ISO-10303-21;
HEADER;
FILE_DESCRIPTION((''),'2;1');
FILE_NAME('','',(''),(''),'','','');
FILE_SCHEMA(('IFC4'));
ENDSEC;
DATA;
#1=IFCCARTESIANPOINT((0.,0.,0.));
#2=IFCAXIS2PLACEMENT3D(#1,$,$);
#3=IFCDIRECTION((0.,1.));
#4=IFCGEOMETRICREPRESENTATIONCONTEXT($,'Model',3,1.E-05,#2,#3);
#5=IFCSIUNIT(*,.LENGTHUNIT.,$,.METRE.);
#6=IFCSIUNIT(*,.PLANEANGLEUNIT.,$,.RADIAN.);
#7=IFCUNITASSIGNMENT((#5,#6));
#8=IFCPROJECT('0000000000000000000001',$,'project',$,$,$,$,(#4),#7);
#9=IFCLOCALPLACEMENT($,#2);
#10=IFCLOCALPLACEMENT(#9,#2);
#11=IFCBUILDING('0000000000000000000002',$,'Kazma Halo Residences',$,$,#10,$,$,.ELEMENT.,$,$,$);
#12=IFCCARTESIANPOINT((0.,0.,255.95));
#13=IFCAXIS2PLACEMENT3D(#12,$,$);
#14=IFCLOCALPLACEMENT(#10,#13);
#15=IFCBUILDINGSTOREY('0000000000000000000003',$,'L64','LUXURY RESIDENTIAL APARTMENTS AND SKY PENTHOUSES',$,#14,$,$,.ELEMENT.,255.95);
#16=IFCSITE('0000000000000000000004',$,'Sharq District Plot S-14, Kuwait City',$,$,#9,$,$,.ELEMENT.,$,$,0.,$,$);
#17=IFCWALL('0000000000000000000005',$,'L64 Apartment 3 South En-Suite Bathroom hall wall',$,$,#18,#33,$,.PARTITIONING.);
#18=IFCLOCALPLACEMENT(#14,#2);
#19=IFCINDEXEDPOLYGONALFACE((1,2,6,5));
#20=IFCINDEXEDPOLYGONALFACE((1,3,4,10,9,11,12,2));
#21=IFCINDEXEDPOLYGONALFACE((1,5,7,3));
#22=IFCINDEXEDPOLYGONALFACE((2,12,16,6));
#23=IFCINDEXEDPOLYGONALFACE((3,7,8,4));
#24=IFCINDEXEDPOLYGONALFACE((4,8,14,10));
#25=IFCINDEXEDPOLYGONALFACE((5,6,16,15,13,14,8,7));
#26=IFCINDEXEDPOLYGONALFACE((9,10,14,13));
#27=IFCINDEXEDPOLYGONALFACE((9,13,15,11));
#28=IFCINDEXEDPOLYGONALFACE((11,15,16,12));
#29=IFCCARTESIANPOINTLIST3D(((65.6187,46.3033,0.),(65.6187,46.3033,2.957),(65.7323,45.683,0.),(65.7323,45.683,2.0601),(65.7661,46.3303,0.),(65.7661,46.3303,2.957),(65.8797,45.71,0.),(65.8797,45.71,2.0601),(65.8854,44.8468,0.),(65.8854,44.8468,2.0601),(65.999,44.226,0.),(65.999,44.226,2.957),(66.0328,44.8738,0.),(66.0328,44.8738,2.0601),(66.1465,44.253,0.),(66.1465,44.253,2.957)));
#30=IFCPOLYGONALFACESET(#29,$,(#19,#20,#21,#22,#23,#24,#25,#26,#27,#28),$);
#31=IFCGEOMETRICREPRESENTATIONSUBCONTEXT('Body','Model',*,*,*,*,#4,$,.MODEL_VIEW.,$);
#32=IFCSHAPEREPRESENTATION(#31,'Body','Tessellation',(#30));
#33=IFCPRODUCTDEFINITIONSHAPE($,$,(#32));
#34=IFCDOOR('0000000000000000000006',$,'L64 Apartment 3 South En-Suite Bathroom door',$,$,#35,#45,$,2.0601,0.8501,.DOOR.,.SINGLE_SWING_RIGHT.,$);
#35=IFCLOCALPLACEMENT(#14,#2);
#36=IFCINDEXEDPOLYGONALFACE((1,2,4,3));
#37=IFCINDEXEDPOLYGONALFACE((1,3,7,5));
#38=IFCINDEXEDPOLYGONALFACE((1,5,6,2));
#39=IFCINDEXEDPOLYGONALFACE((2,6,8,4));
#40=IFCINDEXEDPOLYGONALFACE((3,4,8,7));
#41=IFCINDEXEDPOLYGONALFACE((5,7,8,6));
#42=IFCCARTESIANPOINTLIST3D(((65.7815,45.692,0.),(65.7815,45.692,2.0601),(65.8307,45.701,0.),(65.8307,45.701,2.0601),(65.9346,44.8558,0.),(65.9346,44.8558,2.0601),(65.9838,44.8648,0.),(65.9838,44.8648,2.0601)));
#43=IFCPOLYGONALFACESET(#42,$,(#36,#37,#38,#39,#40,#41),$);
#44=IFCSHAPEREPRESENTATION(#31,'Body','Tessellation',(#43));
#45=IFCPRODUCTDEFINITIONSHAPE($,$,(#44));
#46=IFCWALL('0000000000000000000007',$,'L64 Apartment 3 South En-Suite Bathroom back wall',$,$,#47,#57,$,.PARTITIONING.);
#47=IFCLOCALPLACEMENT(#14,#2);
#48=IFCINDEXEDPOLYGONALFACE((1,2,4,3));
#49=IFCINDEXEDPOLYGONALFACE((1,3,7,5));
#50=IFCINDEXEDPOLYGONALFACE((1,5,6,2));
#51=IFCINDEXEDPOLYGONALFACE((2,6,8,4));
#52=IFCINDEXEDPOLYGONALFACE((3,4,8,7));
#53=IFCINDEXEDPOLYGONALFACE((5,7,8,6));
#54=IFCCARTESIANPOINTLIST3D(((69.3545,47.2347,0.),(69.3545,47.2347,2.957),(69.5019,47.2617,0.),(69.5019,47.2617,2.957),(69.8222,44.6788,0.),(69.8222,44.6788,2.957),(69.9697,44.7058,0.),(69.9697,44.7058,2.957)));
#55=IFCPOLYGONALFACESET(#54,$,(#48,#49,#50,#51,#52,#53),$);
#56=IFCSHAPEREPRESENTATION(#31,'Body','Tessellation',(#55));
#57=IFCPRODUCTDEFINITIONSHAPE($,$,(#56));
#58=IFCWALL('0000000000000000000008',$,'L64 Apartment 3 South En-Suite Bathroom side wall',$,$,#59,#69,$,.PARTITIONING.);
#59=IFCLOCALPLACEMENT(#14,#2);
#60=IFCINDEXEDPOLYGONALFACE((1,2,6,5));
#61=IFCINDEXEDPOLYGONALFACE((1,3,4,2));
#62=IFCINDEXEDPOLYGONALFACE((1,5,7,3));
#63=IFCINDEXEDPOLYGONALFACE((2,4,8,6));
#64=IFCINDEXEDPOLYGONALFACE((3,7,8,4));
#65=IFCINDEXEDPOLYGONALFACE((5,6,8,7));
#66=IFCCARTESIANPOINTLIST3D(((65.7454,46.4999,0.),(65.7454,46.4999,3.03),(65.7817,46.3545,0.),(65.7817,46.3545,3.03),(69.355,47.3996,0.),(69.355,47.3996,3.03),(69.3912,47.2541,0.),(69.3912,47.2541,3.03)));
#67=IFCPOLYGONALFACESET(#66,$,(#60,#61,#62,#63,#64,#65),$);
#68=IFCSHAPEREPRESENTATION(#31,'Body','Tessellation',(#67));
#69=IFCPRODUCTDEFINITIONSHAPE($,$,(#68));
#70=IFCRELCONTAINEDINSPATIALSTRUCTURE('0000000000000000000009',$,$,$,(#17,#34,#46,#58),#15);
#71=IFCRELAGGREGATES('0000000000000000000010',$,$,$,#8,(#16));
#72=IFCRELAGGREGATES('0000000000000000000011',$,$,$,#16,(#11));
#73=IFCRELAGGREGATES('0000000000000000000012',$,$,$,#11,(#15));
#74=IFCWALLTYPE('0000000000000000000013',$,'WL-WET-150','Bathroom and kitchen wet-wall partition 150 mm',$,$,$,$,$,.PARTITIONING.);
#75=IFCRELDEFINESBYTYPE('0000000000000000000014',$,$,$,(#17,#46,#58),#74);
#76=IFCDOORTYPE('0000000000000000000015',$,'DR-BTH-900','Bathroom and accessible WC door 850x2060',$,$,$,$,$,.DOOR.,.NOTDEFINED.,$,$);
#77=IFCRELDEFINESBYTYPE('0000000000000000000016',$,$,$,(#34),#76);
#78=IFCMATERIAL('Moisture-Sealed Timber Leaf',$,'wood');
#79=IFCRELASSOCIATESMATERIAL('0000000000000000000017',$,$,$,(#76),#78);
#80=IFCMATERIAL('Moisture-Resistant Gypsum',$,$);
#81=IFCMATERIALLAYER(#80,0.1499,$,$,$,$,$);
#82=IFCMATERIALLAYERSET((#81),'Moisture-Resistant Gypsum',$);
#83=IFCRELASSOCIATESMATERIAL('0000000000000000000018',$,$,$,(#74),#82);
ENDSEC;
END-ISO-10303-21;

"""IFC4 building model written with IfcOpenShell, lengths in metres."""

from ifc_helpers import new_model, si_unit, direction, frame, frame_2d, origin, place, context, subcontext, project, spatial, rectangle, extrude, material, layer, layer_set, type_object, element, fill, save


model = new_model("IFC4")

# Units and contexts
model_context = context("Model", 3, precision=1e-05, world=origin(), true_north=direction((0.0, 1.0)))
body_context = subcontext(model_context, "Body", "Model", "MODEL_VIEW")
ifc_project = project(units=[si_unit("LENGTHUNIT", "METRE"), si_unit("PLANEANGLEUNIT", "RADIAN")], contexts=[model_context])

# Site, building, storey
site_placement = place(None, origin())
site = spatial("IfcSite", under=ifc_project, at=site_placement, Name="Sharq District Plot S-14, Kuwait City", CompositionType="ELEMENT", RefElevation=0.0)
building_placement = place(site_placement, origin())
building = spatial("IfcBuilding", under=site, at=building_placement, Name="Kazma Halo Residences", CompositionType="ELEMENT")
storey_placement = place(building_placement, frame((0.0, 0.0, 255.95)))
storey = spatial("IfcBuildingStorey", under=building, at=storey_placement, Name="L64", Description="LUXURY RESIDENTIAL APARTMENTS AND SKY PENTHOUSES", CompositionType="ELEMENT", Elevation=255.95)

# Shared definitions
ifc_material_1 = material(Name="Moisture-Sealed Timber Leaf", Category="wood")
door_type = type_object("IfcDoorType", Name="DR-BTH-900", Description="Bathroom and accessible WC door 850x2060", OperationType="NOTDEFINED", PredefinedType="DOOR", material=ifc_material_1)

# Wall, opening, door
ifc_material_2 = material(Name="Moisture-Resistant Gypsum")
ifc_layer_1 = layer(ifc_material_2, 0.1499)
ifc_layer_set_1 = layer_set([ifc_layer_1], Name="Moisture-Resistant Gypsum")
wall_type_1 = type_object("IfcWallType", Name="WL-WET-150", Description="Bathroom and kitchen wet-wall partition 150 mm", PredefinedType="PARTITIONING", material=ifc_layer_set_1)
wall_1_placement = place(storey_placement, frame((66.0728, 44.2395, 0.0), z_axis=(0.0, 0.0, 1.0), x_axis=(-0.180106, 0.983647, 0.0)))
wall_1 = element("IfcWall", 1, at=wall_1_placement, inside=storey, type_object=wall_type_1, Name="L64 Apartment 3 South En-Suite Bathroom hall wall", PredefinedType="PARTITIONING", context=body_context, shape_type="SweptSolid", body=[
    extrude(rectangle(XDim=2.1118, YDim=0.1499, at=frame_2d((1.0559, 0.0))), origin(), (0.0, 0.0, 1.0), 2.957),
])
opening_1_placement = place(wall_1_placement, frame((0.6311, 0.0, 0.0)))
opening_1 = element("IfcOpeningElement", 2, at=opening_1_placement, cuts=wall_1, PredefinedType="OPENING", context=body_context, shape_type="SweptSolid", body=[
    extrude(rectangle(XDim=0.8501, YDim=2.0601, at=frame_2d((0.425, 1.03))), frame((0.0, 0.085, 0.0), z_axis=(0.0, -1.0, 0.0), x_axis=(1.0, 0.0, 0.0)), (0.0, 0.0, 1.0), 0.1699),
])
door_1_placement = place(opening_1_placement, origin())
door_1 = element("IfcDoor", 3, at=door_1_placement, inside=storey, type_object=door_type, Name="L64 Apartment 3 South En-Suite Bathroom door", OperationType="SINGLE_SWING_RIGHT", OverallHeight=2.0601, OverallWidth=0.8501, PredefinedType="DOOR", context=body_context, shape_type="SweptSolid", body=[
    extrude(rectangle(XDim=0.8501, YDim=2.0601, at=frame_2d((0.425, 1.03))), frame((0.0, 0.0249, 0.0), z_axis=(0.0, -1.0, 0.0), x_axis=(1.0, 0.0, 0.0)), (0.0, 0.0, 1.0), 0.05),
])
fill(opening_1, door_1)

# Walls
wall_2_placement = place(storey_placement, frame((69.896, 44.6921, 0.0), z_axis=(0.0, 0.0, 1.0), x_axis=(-0.180026, 0.983662, 0.0)))
element("IfcWall", 4, at=wall_2_placement, inside=storey, type_object=wall_type_1, Name="L64 Apartment 3 South En-Suite Bathroom back wall", PredefinedType="PARTITIONING", context=body_context, shape_type="SweptSolid", body=[
    extrude(rectangle(XDim=2.5984, YDim=0.1499, at=frame_2d((1.2993, 0.0))), origin(), (0.0, 0.0, 1.0), 2.957),
])
wall_3_placement = place(storey_placement, frame((65.7637, 46.4272, 0.0), z_axis=(0.0, 0.0, 1.0), x_axis=(0.970316, 0.241841, 0.0)))
element("IfcWall", 5, at=wall_3_placement, inside=storey, type_object=wall_type_1, Name="L64 Apartment 3 South En-Suite Bathroom side wall", PredefinedType="PARTITIONING", context=body_context, shape_type="SweptSolid", body=[
    extrude(rectangle(XDim=3.72, YDim=0.1499, at=frame_2d((1.8599, 0.0))), origin(), (0.0, 0.0, 1.0), 3.03),
])

save(model, "model.ifc")
